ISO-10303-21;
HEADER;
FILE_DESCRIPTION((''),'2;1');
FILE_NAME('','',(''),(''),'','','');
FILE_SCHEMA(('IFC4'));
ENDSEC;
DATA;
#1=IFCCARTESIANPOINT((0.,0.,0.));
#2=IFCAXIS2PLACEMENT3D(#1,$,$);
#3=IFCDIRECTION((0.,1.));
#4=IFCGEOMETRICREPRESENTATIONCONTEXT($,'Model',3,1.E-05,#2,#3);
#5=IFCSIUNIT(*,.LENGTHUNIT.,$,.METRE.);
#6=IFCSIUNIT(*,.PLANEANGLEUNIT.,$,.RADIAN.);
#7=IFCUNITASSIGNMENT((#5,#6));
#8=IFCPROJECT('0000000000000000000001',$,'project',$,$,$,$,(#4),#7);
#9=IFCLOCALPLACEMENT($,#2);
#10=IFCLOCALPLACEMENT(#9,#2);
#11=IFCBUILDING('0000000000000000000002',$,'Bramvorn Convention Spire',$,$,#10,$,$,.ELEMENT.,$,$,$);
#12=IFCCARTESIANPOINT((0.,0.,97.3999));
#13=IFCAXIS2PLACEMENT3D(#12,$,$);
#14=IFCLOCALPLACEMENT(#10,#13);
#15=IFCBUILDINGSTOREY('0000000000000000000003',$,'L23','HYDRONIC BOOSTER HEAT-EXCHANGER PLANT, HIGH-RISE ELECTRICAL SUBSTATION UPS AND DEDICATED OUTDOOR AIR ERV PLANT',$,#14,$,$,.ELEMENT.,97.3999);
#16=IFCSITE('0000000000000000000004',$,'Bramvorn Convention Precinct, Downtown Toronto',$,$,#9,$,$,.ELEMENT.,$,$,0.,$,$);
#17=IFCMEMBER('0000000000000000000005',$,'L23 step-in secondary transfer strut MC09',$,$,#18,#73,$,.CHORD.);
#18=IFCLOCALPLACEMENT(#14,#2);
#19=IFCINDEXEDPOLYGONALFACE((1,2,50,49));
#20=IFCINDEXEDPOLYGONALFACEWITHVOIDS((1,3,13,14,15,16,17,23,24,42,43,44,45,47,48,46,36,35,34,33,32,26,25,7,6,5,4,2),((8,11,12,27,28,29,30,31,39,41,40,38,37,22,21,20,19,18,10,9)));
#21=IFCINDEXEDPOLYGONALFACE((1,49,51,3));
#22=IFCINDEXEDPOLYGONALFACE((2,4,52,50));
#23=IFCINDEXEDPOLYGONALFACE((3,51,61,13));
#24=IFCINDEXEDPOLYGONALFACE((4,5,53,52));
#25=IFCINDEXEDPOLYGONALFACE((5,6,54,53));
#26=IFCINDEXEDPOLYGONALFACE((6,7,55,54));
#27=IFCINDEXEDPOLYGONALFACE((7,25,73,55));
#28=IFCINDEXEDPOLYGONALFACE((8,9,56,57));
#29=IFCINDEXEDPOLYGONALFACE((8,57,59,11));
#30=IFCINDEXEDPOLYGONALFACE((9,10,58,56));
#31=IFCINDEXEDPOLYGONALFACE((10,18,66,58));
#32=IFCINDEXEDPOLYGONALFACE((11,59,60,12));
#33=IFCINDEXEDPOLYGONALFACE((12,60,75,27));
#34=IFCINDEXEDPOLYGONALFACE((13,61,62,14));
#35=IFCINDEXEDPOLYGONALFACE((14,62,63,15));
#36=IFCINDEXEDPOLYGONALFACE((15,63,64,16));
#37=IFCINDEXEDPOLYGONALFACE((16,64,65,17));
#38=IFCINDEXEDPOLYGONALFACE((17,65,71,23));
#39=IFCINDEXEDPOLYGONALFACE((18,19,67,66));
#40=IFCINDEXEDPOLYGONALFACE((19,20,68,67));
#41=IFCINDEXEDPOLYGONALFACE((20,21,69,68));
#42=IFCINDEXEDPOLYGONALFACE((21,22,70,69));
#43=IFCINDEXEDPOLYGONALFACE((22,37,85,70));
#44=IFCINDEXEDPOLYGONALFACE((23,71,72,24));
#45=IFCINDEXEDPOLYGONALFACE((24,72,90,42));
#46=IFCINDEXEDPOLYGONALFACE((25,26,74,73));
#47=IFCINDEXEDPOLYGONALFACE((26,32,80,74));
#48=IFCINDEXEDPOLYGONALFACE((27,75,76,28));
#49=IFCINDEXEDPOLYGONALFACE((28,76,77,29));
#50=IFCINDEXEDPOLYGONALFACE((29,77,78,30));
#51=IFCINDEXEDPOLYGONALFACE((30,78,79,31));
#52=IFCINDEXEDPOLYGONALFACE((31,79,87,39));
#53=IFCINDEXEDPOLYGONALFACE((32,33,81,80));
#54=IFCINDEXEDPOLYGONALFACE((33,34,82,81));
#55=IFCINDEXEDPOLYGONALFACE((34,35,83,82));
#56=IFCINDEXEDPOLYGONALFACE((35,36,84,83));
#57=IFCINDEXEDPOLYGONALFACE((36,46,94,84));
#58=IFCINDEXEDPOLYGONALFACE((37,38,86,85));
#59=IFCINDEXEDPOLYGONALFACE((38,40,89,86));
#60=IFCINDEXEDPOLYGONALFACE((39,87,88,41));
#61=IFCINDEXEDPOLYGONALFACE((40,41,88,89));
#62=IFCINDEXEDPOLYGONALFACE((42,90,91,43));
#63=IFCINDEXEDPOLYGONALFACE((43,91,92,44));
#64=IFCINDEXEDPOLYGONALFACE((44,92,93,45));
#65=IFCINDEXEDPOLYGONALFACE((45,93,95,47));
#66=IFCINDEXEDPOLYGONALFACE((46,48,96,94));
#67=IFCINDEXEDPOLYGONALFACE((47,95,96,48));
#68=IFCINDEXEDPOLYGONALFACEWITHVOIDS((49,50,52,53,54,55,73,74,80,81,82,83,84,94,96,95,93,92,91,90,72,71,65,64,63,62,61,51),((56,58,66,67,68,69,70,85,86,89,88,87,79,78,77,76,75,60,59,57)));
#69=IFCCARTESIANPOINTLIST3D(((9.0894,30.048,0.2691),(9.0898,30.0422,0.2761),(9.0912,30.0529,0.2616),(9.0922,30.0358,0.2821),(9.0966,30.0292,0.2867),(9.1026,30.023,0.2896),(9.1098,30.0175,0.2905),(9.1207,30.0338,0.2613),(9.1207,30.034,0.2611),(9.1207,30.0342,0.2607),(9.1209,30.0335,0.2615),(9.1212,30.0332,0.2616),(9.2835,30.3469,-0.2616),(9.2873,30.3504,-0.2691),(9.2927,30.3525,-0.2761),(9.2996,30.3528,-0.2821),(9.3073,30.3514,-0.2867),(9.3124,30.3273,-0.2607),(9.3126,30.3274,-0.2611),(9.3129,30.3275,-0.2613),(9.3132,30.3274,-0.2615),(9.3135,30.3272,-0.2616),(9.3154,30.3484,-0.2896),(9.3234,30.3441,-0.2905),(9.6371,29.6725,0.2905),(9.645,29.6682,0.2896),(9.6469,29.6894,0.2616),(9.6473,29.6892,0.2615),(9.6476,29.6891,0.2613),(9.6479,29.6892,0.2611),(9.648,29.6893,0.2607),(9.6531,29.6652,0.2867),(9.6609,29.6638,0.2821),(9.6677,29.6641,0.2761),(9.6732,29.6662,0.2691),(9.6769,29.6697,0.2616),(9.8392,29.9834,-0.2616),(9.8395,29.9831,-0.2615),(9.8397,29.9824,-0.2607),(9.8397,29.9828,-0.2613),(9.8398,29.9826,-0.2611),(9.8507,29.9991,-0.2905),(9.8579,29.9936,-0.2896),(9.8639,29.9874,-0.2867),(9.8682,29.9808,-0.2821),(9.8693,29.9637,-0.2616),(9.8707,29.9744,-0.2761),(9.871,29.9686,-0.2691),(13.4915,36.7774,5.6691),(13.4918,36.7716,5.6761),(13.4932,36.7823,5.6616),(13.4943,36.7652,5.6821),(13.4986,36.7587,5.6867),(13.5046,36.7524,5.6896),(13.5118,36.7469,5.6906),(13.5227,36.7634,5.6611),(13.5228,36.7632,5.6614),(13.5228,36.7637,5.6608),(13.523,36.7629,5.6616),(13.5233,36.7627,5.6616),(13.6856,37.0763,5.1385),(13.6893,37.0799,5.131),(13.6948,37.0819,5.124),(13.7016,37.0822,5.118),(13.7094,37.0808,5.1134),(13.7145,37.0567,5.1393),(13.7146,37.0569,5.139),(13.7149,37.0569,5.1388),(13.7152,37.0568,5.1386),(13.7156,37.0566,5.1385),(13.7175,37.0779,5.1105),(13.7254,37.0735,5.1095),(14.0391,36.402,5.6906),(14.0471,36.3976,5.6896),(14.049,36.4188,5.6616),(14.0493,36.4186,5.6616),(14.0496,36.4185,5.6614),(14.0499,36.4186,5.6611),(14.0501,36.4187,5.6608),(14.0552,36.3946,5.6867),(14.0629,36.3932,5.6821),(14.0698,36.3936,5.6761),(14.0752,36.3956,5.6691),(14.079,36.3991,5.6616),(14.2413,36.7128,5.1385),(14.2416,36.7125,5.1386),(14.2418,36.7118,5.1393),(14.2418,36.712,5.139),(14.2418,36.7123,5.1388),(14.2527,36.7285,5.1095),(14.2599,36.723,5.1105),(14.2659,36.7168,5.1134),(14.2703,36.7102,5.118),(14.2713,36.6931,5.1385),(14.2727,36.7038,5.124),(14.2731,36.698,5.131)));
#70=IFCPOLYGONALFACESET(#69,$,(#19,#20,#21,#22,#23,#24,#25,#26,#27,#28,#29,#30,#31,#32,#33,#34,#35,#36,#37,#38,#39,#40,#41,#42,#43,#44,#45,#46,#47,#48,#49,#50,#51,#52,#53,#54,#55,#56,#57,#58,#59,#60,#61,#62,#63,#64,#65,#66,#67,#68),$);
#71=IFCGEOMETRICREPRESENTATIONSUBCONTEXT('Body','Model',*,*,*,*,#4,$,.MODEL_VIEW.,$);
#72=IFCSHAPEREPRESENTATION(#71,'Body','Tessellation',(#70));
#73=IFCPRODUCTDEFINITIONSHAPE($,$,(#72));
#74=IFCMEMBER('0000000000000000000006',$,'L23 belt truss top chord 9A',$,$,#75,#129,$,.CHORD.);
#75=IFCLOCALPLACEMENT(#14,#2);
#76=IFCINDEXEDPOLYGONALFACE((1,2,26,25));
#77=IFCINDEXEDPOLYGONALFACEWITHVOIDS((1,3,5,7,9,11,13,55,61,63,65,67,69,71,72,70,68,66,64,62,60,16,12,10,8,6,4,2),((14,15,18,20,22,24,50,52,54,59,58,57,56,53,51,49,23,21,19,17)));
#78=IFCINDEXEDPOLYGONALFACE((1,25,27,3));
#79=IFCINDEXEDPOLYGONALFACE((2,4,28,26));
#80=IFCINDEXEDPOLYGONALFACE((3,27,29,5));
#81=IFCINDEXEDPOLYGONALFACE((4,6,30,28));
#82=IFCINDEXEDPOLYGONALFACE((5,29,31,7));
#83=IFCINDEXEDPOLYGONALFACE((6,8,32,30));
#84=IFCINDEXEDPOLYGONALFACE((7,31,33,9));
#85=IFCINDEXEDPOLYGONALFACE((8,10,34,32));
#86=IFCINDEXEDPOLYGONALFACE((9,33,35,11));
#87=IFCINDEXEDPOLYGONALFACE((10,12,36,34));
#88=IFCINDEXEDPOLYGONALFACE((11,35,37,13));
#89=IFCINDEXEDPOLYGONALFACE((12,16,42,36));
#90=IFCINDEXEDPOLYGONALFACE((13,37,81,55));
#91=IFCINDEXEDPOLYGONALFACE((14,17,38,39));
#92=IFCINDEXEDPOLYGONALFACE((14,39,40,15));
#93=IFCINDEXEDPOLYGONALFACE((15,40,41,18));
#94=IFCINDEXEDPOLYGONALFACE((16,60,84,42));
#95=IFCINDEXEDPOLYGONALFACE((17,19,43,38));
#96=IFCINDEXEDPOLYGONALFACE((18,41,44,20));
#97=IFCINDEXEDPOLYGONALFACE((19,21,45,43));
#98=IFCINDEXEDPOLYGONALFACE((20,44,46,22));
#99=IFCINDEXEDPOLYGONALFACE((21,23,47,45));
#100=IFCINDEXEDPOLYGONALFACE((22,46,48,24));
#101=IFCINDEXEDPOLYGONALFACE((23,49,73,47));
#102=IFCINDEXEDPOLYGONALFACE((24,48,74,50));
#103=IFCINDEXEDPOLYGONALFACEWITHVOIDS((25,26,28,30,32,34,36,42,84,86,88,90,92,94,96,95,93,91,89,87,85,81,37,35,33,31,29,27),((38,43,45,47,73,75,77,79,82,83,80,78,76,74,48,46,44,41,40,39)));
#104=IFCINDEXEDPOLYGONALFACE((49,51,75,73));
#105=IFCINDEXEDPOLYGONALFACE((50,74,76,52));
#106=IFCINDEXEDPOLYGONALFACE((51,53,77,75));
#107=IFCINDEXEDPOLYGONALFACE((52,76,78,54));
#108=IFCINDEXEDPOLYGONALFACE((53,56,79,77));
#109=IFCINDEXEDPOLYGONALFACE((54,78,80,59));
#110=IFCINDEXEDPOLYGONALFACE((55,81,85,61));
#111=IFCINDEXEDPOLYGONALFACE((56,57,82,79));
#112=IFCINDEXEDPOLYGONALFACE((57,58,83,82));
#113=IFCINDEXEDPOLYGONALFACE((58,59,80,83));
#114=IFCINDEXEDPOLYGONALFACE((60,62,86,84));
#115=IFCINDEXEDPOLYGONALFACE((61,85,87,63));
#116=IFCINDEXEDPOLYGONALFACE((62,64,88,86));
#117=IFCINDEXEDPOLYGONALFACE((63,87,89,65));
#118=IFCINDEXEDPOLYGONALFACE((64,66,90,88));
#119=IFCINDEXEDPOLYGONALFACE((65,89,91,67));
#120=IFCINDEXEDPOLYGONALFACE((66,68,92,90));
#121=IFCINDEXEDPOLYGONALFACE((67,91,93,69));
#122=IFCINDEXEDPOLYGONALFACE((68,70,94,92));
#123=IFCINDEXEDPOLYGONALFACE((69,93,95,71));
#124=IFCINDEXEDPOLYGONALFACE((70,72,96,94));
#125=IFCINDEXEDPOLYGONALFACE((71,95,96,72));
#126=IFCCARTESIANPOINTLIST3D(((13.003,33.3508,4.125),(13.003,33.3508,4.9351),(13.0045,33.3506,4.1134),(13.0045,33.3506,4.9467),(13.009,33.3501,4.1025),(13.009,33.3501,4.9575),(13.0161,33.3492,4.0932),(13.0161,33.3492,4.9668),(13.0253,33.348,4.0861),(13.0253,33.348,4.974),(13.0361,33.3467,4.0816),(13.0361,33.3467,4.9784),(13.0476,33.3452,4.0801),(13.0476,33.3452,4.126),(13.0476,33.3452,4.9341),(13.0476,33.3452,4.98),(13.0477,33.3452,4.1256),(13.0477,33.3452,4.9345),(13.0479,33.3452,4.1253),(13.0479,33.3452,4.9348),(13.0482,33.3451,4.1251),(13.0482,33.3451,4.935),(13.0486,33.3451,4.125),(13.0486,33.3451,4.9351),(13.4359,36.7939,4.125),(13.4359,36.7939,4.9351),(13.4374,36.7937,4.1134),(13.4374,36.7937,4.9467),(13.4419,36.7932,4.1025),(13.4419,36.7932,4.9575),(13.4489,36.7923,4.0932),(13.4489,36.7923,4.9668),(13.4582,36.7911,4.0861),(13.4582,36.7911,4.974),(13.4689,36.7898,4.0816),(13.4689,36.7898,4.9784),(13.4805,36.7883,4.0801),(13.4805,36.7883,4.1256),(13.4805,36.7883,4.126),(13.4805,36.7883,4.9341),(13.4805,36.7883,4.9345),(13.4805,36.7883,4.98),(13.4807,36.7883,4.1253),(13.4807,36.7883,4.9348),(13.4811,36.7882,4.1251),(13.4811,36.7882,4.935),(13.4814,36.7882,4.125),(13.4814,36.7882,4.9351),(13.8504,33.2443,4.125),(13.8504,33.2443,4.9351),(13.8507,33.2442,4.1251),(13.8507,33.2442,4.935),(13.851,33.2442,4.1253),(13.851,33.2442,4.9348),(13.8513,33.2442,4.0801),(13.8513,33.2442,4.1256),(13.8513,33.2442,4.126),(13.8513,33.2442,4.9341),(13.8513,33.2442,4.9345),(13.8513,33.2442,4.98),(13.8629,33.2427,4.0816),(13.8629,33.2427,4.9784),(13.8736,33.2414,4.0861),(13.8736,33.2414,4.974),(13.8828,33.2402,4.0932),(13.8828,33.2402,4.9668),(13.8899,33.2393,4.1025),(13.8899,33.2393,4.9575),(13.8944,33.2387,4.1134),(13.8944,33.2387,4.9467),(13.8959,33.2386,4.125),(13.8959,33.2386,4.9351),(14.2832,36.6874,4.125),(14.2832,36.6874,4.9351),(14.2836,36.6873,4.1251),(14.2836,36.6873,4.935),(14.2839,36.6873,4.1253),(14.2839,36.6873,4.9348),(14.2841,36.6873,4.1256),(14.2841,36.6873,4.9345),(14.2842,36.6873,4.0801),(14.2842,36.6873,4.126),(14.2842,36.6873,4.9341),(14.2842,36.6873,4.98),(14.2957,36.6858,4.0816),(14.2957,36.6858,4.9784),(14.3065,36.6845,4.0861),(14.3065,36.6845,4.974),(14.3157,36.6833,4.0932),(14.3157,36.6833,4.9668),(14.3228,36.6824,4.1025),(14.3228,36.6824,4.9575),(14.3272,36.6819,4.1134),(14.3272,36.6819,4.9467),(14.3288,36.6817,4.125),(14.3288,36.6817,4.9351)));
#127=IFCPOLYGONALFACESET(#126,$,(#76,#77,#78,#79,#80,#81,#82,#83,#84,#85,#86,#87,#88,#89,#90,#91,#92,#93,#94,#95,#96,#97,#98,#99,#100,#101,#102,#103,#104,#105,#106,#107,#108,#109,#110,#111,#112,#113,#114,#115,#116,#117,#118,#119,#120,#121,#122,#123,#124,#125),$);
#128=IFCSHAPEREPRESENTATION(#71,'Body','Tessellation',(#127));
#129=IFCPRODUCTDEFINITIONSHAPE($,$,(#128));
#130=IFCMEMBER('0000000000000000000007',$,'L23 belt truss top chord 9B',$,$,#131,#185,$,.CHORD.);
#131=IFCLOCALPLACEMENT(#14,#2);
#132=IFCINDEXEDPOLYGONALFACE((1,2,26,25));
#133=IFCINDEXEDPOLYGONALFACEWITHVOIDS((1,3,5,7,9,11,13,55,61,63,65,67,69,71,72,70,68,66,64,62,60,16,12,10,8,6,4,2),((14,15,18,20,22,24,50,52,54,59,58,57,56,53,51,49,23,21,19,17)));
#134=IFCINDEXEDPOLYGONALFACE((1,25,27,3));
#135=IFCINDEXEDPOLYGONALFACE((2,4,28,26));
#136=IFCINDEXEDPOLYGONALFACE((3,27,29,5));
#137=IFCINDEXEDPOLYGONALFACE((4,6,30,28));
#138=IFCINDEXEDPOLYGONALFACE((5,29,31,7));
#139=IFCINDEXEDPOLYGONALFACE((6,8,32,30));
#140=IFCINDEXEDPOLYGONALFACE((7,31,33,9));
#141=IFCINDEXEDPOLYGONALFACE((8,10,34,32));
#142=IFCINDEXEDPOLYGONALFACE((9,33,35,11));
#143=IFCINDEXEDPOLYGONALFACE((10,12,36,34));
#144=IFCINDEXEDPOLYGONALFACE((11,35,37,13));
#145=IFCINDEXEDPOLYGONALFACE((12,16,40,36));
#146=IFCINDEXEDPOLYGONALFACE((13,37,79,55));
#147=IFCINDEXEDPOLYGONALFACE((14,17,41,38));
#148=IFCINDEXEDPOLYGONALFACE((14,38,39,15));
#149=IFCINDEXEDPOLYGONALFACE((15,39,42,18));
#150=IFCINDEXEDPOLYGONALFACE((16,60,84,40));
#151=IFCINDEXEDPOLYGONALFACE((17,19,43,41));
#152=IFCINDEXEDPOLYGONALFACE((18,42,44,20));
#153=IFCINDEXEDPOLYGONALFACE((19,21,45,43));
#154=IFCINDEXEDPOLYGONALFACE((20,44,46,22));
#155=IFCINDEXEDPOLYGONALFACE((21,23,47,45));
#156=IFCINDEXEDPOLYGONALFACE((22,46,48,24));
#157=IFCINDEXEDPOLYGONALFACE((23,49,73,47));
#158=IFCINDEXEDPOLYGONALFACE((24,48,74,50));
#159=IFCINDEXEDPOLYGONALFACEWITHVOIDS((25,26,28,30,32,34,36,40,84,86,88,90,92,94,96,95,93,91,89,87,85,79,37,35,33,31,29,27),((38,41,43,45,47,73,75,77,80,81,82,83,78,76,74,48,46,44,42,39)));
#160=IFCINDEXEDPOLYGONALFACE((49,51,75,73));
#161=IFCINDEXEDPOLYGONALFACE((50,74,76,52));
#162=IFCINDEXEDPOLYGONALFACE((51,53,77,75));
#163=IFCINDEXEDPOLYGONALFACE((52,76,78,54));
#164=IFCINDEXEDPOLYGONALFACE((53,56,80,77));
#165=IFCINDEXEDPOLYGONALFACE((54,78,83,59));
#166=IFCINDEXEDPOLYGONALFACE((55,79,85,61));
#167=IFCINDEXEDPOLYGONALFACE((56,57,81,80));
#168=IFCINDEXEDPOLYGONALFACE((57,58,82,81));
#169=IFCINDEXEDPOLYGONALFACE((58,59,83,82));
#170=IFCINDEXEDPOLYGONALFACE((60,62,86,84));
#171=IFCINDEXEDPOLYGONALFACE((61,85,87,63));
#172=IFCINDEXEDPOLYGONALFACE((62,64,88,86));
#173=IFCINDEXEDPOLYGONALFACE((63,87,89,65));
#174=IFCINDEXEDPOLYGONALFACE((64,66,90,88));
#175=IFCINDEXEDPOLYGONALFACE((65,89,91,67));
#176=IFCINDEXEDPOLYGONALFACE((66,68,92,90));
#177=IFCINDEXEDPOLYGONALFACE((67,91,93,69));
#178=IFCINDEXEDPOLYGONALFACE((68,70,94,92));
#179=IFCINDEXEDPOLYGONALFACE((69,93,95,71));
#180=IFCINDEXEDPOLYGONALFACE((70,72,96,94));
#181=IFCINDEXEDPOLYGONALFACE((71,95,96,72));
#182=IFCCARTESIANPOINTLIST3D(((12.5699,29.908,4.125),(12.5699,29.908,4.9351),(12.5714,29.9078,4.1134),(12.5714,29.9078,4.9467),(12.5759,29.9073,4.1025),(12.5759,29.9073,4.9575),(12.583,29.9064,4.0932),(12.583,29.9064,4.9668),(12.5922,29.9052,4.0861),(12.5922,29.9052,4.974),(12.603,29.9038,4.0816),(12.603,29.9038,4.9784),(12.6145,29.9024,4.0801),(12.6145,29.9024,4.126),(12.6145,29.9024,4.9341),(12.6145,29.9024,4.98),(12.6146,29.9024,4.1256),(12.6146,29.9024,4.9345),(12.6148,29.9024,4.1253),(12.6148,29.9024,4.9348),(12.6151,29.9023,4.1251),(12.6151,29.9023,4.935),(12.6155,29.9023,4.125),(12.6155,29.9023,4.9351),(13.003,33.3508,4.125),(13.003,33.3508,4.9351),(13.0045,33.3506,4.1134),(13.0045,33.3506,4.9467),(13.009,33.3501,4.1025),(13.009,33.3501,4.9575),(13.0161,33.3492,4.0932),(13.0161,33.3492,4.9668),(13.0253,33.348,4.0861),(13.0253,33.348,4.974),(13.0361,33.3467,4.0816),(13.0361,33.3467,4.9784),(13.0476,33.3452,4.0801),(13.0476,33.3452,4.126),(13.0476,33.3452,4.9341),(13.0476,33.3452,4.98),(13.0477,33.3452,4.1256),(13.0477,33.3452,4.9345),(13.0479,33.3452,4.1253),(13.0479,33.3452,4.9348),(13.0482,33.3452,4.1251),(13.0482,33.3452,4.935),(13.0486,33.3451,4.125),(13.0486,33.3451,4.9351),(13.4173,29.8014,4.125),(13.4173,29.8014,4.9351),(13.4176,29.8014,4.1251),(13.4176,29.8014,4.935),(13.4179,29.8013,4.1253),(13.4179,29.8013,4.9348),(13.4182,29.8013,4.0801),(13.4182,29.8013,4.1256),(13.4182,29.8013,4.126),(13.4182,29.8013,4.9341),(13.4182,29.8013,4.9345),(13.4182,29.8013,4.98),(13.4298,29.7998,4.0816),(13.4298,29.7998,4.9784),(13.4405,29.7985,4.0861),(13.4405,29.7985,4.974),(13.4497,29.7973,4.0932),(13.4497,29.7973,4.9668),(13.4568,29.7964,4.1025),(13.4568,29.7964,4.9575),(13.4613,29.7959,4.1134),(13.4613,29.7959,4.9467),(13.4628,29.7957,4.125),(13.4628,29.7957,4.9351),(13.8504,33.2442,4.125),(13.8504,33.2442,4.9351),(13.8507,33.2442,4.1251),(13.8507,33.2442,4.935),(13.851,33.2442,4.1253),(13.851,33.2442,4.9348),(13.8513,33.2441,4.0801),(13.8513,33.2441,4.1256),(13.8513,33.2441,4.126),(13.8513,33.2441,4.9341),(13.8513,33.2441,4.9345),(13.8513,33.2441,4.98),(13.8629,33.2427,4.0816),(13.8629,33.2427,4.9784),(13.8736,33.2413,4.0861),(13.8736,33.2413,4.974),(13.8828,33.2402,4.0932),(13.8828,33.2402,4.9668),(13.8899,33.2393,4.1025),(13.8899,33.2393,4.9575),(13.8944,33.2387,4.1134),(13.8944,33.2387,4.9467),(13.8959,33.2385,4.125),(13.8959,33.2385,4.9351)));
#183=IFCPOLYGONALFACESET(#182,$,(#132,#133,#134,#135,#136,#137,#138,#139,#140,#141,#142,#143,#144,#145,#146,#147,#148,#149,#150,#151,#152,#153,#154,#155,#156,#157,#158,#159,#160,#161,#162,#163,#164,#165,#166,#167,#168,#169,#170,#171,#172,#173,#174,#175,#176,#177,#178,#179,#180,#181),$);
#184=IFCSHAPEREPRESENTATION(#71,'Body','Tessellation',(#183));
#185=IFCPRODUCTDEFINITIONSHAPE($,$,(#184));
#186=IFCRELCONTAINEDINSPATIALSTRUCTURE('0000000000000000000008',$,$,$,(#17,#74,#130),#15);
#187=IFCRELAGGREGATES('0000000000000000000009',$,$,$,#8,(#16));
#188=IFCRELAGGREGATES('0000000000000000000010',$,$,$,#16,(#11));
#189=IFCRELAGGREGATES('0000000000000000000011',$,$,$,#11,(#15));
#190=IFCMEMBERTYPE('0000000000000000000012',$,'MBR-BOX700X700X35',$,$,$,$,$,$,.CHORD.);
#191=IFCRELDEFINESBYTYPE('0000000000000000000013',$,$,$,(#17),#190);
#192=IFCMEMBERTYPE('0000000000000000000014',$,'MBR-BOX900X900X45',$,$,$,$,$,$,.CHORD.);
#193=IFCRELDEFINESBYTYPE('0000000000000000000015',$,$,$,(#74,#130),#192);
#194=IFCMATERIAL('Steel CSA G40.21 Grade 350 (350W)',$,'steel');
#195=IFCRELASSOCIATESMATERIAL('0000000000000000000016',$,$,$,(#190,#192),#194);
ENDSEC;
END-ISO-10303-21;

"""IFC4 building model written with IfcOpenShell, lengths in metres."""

from ifc_helpers import new_model, si_unit, direction, frame, origin, origin_2d, place, context, subcontext, project, spatial, hollow_rectangle, extrude, material, material_profile, profile_set, type_object, element, save


model = new_model("IFC4")

# Units and contexts
model_context = context("Model", 3, precision=1e-05, world=origin(), true_north=direction((0.0, 1.0)))
body_context = subcontext(model_context, "Body", "Model", "MODEL_VIEW")
ifc_project = project(units=[si_unit("LENGTHUNIT", "METRE"), si_unit("PLANEANGLEUNIT", "RADIAN")], contexts=[model_context])

# Site, building, storey
site_placement = place(None, origin())
site = spatial("IfcSite", under=ifc_project, at=site_placement, Name="Bramvorn Convention Precinct, Downtown Toronto", CompositionType="ELEMENT", RefElevation=0.0)
building_placement = place(site_placement, origin())
building = spatial("IfcBuilding", under=site, at=building_placement, Name="Bramvorn Convention Spire", CompositionType="ELEMENT")
storey_placement = place(building_placement, frame((0.0, 0.0, 97.3999)))
storey = spatial("IfcBuildingStorey", under=building, at=storey_placement, Name="L23", Description="HYDRONIC BOOSTER HEAT-EXCHANGER PLANT, HIGH-RISE ELECTRICAL SUBSTATION UPS AND DEDICATED OUTDOOR AIR ERV PLANT", CompositionType="ELEMENT", Elevation=97.3999)

# Shared definitions
ifc_material_1 = material(Name="Steel CSA G40.21 Grade 350 (350W)", Category="steel")

# Members
ifc_material_profile_1 = material_profile(ifc_material_1, hollow_rectangle(XDim=0.7, YDim=0.7, WallThickness=0.0349, InnerFilletRadius=0.001, OuterFilletRadius=0.0349, at=origin_2d()))
ifc_profile_set_1 = profile_set([ifc_material_profile_1], Name="Steel CSA G40.21 Grade 350 (350W) - BOX700X700X35")
member_type_1 = type_object("IfcMemberType", Name="MBR-BOX700X700X35", PredefinedType="CHORD", material=ifc_profile_set_1)
member_1_placement = place(storey_placement, frame((9.4802, 30.0083, 0.0), z_axis=(0.454462, 0.694737, 0.557498), x_axis=(-0.836853, 0.547428, 0.0)))
element("IfcMember", 1, at=member_1_placement, inside=storey, type_object=member_type_1, Name="L23 step-in secondary transfer strut MC09", PredefinedType="CHORD", context=body_context, shape_type="SweptSolid", body=[
    extrude(hollow_rectangle(XDim=0.7, YDim=0.7, WallThickness=0.0349, InnerFilletRadius=0.001, OuterFilletRadius=0.0349, at=origin_2d()), origin(), (0.0, 0.0, 1.0), 9.6863),
])
ifc_material_profile_2 = material_profile(ifc_material_1, hollow_rectangle(XDim=0.8999, YDim=0.8999, WallThickness=0.0449, InnerFilletRadius=0.001, OuterFilletRadius=0.0449, at=origin_2d()))
ifc_profile_set_2 = profile_set([ifc_material_profile_2], Name="Steel CSA G40.21 Grade 350 (350W) - BOX900X900X45")
member_type_2 = type_object("IfcMemberType", Name="MBR-BOX900X900X45", PredefinedType="CHORD", material=ifc_profile_set_2)
member_2_placement = place(storey_placement, frame((13.8823, 36.7378, 4.53), z_axis=(-0.124736, -0.99219, 0.0), x_axis=(0.99219, -0.124736, 0.0)))
element("IfcMember", 2, at=member_2_placement, inside=storey, type_object=member_type_2, Name="L23 belt truss top chord 9A", PredefinedType="CHORD", context=body_context, shape_type="SweptSolid", body=[
    extrude(hollow_rectangle(XDim=0.8999, YDim=0.8999, WallThickness=0.0449, InnerFilletRadius=0.001, OuterFilletRadius=0.0449, at=origin_2d()), origin(), (0.0, 0.0, 1.0), 3.4702),
])
member_3_placement = place(storey_placement, frame((13.4495, 33.2947, 4.53), z_axis=(-0.124814, -0.99218, 0.0), x_axis=(0.99218, -0.124814, 0.0)))
element("IfcMember", 3, at=member_3_placement, inside=storey, type_object=member_type_2, Name="L23 belt truss top chord 9B", PredefinedType="CHORD", context=body_context, shape_type="SweptSolid", body=[
    extrude(hollow_rectangle(XDim=0.8999, YDim=0.8999, WallThickness=0.0449, InnerFilletRadius=0.001, OuterFilletRadius=0.0449, at=origin_2d()), origin(), (0.0, 0.0, 1.0), 3.47),
])

save(model, "model.ifc")
